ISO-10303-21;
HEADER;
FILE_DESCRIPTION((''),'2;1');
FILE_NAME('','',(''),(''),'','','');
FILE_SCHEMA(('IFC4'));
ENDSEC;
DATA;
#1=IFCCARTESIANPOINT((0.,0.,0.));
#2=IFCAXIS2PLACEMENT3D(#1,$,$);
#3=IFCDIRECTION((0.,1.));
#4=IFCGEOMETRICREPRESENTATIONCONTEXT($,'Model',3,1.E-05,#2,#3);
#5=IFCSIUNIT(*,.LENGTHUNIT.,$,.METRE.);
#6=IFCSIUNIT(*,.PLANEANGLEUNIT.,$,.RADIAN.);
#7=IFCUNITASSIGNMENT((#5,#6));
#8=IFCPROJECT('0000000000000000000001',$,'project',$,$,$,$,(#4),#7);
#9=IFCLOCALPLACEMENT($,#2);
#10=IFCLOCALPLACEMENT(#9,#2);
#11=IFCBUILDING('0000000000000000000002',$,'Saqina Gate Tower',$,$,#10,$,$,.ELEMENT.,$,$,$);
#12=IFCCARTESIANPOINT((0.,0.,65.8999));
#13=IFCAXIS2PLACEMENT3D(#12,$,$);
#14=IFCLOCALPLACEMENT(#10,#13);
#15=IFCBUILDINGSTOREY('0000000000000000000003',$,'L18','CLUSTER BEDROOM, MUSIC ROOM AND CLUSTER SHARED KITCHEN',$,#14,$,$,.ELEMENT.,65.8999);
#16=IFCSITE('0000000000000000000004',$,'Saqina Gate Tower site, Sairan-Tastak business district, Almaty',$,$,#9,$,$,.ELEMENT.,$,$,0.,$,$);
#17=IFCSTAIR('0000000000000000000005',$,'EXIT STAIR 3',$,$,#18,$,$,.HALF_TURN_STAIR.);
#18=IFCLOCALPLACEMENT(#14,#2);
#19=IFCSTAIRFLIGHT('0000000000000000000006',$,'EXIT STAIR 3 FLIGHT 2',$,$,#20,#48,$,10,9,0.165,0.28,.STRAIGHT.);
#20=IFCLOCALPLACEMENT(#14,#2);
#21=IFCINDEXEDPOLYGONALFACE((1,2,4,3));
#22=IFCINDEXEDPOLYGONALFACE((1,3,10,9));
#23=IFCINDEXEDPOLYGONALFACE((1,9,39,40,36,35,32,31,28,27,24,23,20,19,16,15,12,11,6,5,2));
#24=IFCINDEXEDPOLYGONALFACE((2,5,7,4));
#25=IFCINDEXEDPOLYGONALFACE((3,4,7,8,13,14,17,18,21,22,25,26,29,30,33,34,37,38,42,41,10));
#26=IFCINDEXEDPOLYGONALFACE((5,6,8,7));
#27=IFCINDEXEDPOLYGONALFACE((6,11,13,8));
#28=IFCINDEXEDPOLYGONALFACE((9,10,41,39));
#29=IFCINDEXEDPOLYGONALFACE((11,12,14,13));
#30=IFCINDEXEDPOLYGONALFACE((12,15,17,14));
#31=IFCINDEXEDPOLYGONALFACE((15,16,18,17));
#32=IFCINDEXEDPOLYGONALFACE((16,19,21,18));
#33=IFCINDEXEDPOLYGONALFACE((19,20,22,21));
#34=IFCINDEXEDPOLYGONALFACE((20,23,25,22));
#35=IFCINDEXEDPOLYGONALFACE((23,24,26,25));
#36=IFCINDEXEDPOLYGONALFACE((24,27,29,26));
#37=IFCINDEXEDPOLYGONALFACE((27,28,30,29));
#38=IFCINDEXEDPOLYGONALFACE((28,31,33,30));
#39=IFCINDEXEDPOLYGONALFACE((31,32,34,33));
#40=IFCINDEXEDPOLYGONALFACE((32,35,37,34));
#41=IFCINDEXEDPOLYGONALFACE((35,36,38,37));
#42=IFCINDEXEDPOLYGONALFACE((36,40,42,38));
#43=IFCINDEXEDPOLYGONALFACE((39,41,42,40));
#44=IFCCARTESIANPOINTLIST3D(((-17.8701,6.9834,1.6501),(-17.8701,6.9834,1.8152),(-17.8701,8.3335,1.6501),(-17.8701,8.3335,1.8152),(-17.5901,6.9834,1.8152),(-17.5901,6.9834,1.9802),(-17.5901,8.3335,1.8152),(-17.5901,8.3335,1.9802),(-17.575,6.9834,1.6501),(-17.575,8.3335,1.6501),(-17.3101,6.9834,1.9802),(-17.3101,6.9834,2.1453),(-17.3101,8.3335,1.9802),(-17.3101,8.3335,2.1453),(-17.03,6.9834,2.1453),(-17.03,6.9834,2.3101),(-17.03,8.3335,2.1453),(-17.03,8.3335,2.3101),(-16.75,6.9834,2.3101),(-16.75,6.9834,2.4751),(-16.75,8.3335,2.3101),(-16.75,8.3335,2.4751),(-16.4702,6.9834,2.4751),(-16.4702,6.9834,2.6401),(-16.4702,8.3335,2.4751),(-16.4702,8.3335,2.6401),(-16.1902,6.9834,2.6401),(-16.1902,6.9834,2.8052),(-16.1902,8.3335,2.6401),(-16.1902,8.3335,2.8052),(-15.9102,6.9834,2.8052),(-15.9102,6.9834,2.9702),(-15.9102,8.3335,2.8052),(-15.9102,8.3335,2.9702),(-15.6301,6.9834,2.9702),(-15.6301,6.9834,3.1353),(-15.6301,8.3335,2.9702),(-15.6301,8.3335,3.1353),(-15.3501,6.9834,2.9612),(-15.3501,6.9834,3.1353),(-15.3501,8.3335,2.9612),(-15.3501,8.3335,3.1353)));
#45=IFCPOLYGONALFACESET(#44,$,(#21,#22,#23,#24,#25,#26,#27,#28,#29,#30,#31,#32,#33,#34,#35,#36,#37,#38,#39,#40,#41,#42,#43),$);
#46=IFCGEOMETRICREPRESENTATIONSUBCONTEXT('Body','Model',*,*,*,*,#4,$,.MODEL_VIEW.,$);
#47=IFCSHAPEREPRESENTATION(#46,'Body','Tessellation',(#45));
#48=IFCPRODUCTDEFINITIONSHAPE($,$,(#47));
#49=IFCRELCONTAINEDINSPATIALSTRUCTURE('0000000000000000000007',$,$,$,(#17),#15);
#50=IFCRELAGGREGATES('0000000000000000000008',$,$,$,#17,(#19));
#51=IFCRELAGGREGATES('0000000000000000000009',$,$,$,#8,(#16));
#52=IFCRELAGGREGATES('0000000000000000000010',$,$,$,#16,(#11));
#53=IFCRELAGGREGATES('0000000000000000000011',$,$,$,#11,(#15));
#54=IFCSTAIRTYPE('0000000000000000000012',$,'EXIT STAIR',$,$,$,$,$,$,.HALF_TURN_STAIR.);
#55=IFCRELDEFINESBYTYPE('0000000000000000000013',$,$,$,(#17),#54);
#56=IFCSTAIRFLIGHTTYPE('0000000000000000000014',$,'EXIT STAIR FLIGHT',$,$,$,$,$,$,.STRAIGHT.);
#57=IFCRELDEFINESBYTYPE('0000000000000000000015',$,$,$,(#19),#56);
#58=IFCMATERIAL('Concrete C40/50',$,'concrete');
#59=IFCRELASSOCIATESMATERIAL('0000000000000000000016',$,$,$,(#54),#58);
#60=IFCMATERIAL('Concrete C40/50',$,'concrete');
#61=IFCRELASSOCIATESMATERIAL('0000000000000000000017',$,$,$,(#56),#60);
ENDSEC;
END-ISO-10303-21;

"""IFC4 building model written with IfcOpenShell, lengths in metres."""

from ifc_helpers import new_model, si_unit, direction, frame, origin, place, context, subcontext, project, spatial, polyline, outline, extrude, material, type_object, element, aggregate, save


model = new_model("IFC4")

# Units and contexts
model_context = context("Model", 3, precision=1e-05, world=origin(), true_north=direction((0.0, 1.0)))
body_context = subcontext(model_context, "Body", "Model", "MODEL_VIEW")
ifc_project = project(units=[si_unit("LENGTHUNIT", "METRE"), si_unit("PLANEANGLEUNIT", "RADIAN")], contexts=[model_context])

# Site, building, storey
site_placement = place(None, origin())
site = spatial("IfcSite", under=ifc_project, at=site_placement, Name="Saqina Gate Tower site, Sairan-Tastak business district, Almaty", CompositionType="ELEMENT", RefElevation=0.0)
building_placement = place(site_placement, origin())
building = spatial("IfcBuilding", under=site, at=building_placement, Name="Saqina Gate Tower", CompositionType="ELEMENT")
storey_placement = place(building_placement, frame((0.0, 0.0, 65.8999)))
storey = spatial("IfcBuildingStorey", under=building, at=storey_placement, Name="L18", Description="CLUSTER BEDROOM, MUSIC ROOM AND CLUSTER SHARED KITCHEN", CompositionType="ELEMENT", Elevation=65.8999)

# Stair, stair flight
ifc_material_1 = material(Name="Concrete C40/50", Category="concrete")
stair_type = type_object("IfcStairType", Name="EXIT STAIR", PredefinedType="HALF_TURN_STAIR", material=ifc_material_1)
stair_placement = place(storey_placement, origin())
stair = element("IfcStair", 1, at=stair_placement, inside=storey, type_object=stair_type, Name="EXIT STAIR 3", PredefinedType="HALF_TURN_STAIR")
ifc_material_2 = material(Name="Concrete C40/50", Category="concrete")
stair_flight_type = type_object("IfcStairFlightType", Name="EXIT STAIR FLIGHT", PredefinedType="STRAIGHT", material=ifc_material_2)
stair_flight_1_placement = place(storey_placement, frame((-17.8701, 7.6584, 1.6501), z_axis=(0.0, 0.0, 1.0), x_axis=(1.0, 0.0, 0.0)))
stair_flight_1 = element("IfcStairFlight", 2, at=stair_flight_1_placement, type_object=stair_flight_type, Name="EXIT STAIR 3 FLIGHT 2", NumberOfRisers=10, NumberOfTreads=9, PredefinedType="STRAIGHT", RiserHeight=0.165, TreadLength=0.28, context=body_context, shape_type="SweptSolid", body=[
    extrude(outline(polyline([(0.0, 0.0), (0.0, 0.165), (0.28, 0.165), (0.28, 0.3301), (0.5601, 0.3301), (0.5601, 0.4951), (0.8401, 0.4951), (0.8401, 0.6599), (1.1201, 0.6599), (1.1201, 0.825), (1.3999, 0.825), (1.3999, 0.99), (1.6799, 0.99), (1.6799, 1.155), (1.96, 1.155), (1.96, 1.3201), (2.24, 1.3201), (2.24, 1.4851), (2.52, 1.4851), (2.52, 1.6499), (2.52, 1.311), (0.2952, 0.0), (0.0, 0.0)])), frame((0.0, 0.675, 0.0), z_axis=(0.0, -1.0, 0.0), x_axis=(1.0, 0.0, 0.0)), (0.0, 0.0, 1.0), 1.3501),
])
aggregate(stair, [stair_flight_1])

save(model, "model.ifc")
